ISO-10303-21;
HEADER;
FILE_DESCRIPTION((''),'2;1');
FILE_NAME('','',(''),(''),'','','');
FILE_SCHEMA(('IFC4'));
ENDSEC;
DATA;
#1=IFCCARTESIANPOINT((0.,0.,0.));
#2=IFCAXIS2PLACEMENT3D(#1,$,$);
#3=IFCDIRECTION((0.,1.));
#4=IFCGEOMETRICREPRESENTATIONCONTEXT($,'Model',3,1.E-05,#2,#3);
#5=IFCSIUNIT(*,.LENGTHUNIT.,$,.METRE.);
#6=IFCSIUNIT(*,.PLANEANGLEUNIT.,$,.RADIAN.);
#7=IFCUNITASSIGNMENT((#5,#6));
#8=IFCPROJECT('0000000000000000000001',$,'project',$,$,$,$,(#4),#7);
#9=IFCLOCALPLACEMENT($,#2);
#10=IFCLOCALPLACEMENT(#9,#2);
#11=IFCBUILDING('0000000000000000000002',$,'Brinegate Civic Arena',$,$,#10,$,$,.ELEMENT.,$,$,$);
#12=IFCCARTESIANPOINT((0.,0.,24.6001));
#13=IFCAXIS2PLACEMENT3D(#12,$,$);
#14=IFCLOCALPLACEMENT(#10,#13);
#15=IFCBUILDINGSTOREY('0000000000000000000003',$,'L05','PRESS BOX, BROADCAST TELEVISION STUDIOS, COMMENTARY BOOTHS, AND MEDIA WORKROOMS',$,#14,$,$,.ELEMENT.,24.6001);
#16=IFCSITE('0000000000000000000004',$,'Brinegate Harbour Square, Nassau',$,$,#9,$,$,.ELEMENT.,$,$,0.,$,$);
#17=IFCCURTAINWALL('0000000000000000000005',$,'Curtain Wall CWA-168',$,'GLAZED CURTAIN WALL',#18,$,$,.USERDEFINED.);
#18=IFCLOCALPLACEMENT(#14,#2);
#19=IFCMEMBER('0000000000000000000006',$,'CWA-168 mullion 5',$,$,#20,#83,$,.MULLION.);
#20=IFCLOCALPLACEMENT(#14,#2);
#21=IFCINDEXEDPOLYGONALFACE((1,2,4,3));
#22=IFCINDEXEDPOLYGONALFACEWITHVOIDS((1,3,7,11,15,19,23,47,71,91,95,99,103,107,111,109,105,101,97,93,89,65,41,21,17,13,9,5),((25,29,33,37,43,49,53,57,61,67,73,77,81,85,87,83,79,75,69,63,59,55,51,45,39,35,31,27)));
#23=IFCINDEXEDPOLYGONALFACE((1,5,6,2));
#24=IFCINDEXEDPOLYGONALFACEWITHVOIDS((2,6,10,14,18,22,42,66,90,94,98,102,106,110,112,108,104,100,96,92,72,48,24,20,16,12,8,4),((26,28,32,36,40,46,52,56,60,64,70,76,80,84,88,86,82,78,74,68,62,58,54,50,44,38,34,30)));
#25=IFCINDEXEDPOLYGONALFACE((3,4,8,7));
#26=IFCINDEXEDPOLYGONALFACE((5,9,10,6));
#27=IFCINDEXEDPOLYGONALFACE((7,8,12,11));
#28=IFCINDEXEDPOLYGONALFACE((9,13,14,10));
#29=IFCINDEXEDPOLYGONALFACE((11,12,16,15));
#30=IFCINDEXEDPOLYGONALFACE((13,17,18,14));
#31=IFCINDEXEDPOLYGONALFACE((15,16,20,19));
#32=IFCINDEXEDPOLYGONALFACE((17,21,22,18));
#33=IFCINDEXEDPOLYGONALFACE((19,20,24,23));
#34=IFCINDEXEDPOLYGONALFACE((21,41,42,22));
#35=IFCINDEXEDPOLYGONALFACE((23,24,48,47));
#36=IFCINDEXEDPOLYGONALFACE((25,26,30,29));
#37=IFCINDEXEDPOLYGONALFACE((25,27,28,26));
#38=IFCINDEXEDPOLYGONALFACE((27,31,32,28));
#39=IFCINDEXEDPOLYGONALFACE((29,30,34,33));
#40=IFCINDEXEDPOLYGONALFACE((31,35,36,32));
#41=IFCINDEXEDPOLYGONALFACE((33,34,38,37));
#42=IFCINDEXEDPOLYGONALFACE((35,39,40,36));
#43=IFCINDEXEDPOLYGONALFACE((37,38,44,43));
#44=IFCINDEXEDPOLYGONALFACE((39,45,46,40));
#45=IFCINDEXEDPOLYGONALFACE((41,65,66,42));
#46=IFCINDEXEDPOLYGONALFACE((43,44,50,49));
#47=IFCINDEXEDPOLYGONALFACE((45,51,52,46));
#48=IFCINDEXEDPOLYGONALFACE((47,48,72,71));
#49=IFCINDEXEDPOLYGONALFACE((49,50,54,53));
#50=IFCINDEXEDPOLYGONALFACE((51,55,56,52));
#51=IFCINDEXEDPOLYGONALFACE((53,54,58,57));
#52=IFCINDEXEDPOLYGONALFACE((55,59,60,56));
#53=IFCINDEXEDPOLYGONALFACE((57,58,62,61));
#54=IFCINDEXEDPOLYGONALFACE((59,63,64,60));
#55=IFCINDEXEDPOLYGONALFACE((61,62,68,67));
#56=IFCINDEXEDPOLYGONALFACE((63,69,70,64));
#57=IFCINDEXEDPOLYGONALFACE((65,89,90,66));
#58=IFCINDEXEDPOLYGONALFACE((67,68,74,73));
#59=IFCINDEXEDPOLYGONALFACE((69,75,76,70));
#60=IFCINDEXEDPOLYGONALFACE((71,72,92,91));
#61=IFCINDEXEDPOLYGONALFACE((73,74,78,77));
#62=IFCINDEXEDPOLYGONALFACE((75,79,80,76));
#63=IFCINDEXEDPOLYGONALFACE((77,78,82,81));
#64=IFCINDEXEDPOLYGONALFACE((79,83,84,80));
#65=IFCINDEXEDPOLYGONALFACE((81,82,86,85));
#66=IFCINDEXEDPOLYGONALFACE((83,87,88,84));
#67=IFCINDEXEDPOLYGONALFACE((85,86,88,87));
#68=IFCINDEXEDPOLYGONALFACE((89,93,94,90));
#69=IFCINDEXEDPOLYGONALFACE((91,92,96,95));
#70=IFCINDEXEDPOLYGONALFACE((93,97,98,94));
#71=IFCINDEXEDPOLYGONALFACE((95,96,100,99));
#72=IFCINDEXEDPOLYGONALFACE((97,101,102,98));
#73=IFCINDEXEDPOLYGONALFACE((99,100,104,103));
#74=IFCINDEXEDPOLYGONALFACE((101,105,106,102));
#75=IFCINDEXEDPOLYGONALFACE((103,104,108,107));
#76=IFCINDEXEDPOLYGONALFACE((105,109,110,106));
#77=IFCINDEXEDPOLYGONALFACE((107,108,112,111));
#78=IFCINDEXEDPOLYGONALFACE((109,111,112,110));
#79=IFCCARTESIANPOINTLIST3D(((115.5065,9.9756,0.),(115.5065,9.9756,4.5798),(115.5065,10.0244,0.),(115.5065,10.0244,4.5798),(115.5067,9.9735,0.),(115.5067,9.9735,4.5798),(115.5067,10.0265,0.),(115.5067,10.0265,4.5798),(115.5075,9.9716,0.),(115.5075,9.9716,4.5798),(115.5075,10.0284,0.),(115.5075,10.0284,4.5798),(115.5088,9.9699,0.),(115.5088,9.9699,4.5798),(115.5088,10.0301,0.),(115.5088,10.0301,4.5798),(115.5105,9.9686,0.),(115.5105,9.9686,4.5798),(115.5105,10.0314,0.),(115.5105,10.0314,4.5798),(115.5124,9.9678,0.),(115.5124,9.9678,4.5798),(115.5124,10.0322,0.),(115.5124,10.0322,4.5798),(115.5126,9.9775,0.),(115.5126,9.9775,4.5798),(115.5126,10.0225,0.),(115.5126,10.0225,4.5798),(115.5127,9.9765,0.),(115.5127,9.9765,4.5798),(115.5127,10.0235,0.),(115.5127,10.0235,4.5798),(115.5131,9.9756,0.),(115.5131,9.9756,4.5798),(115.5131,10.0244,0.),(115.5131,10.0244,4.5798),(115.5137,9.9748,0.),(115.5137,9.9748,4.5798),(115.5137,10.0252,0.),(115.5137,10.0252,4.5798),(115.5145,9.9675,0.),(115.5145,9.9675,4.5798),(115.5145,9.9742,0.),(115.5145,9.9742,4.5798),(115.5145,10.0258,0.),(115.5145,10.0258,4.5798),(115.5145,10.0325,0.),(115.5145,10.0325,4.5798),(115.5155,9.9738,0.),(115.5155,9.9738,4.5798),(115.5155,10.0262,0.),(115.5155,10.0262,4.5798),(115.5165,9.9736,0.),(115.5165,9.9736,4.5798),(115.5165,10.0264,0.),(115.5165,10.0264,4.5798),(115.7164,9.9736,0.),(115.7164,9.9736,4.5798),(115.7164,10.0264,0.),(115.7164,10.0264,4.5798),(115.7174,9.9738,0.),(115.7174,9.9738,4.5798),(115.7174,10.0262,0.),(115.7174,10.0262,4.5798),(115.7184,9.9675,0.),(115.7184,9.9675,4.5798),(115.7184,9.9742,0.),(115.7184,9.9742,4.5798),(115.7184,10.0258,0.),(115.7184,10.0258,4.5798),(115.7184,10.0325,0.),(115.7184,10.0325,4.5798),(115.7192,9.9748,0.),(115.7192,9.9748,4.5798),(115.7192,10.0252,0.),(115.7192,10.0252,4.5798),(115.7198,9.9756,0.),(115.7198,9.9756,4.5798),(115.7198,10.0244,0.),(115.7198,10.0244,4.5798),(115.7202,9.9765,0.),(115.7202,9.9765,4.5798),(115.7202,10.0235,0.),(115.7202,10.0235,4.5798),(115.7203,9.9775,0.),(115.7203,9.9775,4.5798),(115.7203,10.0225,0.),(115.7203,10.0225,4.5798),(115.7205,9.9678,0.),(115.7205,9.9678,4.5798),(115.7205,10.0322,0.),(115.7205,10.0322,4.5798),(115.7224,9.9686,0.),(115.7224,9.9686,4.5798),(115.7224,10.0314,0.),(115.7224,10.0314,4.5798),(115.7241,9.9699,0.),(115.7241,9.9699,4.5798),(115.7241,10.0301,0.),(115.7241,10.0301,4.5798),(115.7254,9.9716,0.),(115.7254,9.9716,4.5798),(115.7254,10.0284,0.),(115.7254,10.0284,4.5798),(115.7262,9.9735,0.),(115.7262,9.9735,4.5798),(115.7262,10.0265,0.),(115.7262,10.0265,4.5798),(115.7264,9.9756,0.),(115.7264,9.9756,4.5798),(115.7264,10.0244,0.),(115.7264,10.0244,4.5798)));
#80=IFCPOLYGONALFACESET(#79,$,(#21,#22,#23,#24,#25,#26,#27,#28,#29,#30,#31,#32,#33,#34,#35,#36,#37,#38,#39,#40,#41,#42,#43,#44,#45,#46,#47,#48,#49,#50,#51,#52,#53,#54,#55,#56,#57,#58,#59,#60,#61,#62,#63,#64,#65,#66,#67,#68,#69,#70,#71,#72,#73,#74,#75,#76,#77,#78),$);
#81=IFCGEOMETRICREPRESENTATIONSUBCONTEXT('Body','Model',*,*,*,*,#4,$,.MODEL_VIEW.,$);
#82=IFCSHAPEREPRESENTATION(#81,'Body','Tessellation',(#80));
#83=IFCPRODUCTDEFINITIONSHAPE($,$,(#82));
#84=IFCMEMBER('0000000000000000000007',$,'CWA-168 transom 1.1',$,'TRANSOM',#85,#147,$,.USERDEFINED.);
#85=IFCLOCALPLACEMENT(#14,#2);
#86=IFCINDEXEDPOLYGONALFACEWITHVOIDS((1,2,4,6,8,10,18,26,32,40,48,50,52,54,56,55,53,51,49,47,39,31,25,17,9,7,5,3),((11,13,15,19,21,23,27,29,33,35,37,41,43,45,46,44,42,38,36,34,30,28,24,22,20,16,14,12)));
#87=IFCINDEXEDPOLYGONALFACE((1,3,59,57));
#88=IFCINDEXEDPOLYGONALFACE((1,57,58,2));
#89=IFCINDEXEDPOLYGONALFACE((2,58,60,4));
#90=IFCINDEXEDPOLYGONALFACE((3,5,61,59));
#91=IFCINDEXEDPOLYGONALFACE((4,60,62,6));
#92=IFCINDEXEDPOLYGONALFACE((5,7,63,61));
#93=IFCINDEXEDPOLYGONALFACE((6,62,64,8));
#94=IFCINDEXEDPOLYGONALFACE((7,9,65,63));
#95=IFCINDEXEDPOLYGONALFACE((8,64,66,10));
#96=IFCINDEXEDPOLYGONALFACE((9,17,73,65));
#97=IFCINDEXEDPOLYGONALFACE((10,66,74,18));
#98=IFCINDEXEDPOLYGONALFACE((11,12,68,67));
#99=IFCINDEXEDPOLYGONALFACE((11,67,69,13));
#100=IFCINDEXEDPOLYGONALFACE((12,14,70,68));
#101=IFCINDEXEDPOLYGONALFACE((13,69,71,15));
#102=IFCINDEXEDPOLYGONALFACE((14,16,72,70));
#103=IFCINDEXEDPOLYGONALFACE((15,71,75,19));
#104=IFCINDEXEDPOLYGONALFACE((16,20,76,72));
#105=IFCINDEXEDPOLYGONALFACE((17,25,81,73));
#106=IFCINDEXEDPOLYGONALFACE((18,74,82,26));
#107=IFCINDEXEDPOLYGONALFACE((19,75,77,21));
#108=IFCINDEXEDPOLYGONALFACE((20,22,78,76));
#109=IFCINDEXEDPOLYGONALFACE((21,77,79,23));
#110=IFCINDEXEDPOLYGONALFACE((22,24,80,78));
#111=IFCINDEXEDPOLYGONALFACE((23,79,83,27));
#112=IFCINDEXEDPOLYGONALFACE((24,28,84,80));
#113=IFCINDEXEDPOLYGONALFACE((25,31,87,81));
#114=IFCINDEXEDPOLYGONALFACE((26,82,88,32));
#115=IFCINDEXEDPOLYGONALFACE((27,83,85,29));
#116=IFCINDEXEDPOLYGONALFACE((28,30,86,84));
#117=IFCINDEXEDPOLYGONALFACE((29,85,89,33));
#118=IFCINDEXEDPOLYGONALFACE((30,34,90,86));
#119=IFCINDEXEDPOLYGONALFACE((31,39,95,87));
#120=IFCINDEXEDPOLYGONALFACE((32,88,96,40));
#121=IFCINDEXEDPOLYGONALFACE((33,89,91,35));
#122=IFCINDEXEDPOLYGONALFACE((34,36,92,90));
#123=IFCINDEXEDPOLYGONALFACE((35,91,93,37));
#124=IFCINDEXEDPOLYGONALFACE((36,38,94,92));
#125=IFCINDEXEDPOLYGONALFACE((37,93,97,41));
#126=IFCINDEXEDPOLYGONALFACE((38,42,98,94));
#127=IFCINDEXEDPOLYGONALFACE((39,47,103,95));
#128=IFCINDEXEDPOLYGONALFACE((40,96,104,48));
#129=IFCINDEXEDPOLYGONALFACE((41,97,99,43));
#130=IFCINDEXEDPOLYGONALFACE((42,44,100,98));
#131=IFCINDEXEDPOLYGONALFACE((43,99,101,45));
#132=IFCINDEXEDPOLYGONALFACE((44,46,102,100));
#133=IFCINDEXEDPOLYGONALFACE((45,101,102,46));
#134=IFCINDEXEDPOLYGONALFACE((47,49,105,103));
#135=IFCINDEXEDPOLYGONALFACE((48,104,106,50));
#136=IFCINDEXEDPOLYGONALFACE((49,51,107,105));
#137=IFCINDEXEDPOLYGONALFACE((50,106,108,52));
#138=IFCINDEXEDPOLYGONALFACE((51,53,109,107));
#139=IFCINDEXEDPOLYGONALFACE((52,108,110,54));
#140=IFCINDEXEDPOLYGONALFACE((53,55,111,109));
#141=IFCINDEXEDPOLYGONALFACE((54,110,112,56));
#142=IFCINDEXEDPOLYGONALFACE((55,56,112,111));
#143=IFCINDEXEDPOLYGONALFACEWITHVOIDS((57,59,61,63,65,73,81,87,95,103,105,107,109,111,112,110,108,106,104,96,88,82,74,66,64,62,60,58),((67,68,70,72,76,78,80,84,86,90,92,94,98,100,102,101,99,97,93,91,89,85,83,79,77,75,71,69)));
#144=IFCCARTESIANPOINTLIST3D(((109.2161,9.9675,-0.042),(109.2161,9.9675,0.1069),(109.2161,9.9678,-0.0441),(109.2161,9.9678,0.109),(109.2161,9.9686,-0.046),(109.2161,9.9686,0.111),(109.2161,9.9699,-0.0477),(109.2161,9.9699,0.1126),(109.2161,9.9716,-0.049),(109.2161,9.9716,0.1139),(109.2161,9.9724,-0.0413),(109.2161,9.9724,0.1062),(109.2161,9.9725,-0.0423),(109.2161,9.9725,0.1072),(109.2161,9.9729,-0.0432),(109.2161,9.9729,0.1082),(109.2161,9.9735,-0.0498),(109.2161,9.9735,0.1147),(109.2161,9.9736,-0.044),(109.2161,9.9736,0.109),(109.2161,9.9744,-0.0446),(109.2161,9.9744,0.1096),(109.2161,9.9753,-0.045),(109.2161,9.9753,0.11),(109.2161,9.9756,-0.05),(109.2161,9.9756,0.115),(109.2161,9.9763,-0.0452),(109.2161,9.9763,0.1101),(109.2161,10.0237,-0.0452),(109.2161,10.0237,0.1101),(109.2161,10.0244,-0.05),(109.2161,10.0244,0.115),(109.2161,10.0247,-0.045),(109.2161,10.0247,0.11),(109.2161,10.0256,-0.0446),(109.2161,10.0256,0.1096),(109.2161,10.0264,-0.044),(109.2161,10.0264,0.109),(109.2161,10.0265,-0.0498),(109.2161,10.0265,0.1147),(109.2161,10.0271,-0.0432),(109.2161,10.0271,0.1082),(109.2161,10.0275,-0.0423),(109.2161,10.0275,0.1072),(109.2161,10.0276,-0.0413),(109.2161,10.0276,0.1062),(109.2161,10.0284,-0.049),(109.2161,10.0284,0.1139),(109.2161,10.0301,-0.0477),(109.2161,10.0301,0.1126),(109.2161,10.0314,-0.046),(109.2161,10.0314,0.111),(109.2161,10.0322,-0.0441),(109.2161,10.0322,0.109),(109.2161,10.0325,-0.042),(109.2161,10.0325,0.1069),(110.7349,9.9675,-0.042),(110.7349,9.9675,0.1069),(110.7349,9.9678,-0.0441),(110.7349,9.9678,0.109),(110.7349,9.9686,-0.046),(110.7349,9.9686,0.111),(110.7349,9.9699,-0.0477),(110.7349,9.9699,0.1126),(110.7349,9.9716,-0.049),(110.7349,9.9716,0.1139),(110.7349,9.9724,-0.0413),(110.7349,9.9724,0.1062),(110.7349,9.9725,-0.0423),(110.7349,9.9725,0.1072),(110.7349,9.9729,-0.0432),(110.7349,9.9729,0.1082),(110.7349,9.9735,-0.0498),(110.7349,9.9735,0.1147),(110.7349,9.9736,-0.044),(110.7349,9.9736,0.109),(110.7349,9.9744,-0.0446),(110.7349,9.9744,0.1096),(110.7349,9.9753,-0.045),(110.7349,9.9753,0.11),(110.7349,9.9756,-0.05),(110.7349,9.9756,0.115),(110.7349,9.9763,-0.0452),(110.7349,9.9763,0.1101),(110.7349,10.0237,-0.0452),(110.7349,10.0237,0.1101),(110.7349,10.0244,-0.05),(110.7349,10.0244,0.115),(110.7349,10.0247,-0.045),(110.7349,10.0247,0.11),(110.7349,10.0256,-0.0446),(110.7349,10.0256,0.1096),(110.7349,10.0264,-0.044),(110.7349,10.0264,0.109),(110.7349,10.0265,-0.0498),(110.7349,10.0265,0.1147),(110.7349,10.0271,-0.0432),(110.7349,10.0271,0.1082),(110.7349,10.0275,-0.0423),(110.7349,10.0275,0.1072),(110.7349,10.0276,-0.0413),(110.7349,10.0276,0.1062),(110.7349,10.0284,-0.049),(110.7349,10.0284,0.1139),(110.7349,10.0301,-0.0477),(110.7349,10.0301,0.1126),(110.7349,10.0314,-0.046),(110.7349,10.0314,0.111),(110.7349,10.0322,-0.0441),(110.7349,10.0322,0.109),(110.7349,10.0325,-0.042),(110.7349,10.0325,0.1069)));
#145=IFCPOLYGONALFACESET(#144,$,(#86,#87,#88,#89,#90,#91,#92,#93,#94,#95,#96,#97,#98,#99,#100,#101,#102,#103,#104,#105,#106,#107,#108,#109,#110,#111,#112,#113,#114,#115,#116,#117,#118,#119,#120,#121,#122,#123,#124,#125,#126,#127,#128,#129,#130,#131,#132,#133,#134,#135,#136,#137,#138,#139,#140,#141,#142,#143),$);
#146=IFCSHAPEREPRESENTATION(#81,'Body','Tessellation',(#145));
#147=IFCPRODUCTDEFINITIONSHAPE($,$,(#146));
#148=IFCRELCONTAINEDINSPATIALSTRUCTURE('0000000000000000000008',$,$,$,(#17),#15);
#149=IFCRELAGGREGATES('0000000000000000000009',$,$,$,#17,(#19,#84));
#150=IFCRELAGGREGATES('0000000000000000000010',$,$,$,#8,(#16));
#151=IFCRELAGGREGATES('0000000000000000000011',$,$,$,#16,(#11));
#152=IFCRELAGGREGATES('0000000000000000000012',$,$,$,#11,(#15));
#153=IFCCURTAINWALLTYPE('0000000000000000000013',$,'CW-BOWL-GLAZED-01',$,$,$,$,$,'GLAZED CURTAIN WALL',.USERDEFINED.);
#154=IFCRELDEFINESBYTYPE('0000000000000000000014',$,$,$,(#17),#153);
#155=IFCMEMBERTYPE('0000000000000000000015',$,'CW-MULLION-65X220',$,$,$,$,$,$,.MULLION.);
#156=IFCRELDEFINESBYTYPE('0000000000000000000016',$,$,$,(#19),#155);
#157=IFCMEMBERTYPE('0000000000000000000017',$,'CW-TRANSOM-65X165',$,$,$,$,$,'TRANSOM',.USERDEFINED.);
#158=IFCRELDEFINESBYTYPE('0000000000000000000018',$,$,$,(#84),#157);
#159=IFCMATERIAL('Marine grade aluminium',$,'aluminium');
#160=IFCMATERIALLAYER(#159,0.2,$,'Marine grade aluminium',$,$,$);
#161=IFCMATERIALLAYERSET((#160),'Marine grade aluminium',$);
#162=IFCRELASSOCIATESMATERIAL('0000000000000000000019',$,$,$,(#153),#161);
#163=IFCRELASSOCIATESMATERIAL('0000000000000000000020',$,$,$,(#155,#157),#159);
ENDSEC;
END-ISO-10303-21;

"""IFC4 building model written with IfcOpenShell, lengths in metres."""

from ifc_helpers import new_model, si_unit, direction, frame, origin, origin_2d, place, context, subcontext, project, spatial, hollow_rectangle, extrude, material, layer, layer_set, material_profile, profile_set, type_object, element, aggregate, save


model = new_model("IFC4")

# Units and contexts
model_context = context("Model", 3, precision=1e-05, world=origin(), true_north=direction((0.0, 1.0)))
body_context = subcontext(model_context, "Body", "Model", "MODEL_VIEW")
ifc_project = project(units=[si_unit("LENGTHUNIT", "METRE"), si_unit("PLANEANGLEUNIT", "RADIAN")], contexts=[model_context])

# Site, building, storey
site_placement = place(None, origin())
site = spatial("IfcSite", under=ifc_project, at=site_placement, Name="Brinegate Harbour Square, Nassau", CompositionType="ELEMENT", RefElevation=0.0)
building_placement = place(site_placement, origin())
building = spatial("IfcBuilding", under=site, at=building_placement, Name="Brinegate Civic Arena", CompositionType="ELEMENT")
storey_placement = place(building_placement, frame((0.0, 0.0, 24.6001)))
storey = spatial("IfcBuildingStorey", under=building, at=storey_placement, Name="L05", Description="PRESS BOX, BROADCAST TELEVISION STUDIOS, COMMENTARY BOOTHS, AND MEDIA WORKROOMS", CompositionType="ELEMENT", Elevation=24.6001)

# Curtain wall, members
ifc_material_1 = material(Name="Marine grade aluminium", Category="aluminium")
ifc_layer_1 = layer(ifc_material_1, 0.2, Name="Marine grade aluminium")
ifc_layer_set_1 = layer_set([ifc_layer_1], Name="Marine grade aluminium")
curtain_wall_type = type_object("IfcCurtainWallType", Name="CW-BOWL-GLAZED-01", ElementType="GLAZED CURTAIN WALL", PredefinedType="USERDEFINED", material=ifc_layer_set_1)
curtain_wall_placement = place(storey_placement, origin())
curtain_wall = element("IfcCurtainWall", 1, at=curtain_wall_placement, inside=storey, type_object=curtain_wall_type, Name="Curtain Wall CWA-168", ObjectType="GLAZED CURTAIN WALL", PredefinedType="USERDEFINED")
ifc_material_profile_1 = material_profile(ifc_material_1, hollow_rectangle(XDim=0.0649, YDim=0.22, WallThickness=0.0061, InnerFilletRadius=0.0039, OuterFilletRadius=0.0081, at=origin_2d()), Name="MUL65X220")
ifc_profile_set_1 = profile_set([ifc_material_profile_1], Name="Marine grade aluminium")
member_type_1 = type_object("IfcMemberType", Name="CW-MULLION-65X220", PredefinedType="MULLION", material=ifc_profile_set_1)
member_1_placement = place(storey_placement, frame((115.6165, 10.0, 0.0), z_axis=(0.0, 0.0, 1.0), x_axis=(0.0, 1.0, 0.0)))
member_1 = element("IfcMember", 2, at=member_1_placement, type_object=member_type_1, Name="CWA-168 mullion 5", PredefinedType="MULLION", context=body_context, shape_type="SweptSolid", body=[
    extrude(hollow_rectangle(XDim=0.0649, YDim=0.22, WallThickness=0.0061, InnerFilletRadius=0.0039, OuterFilletRadius=0.0081, at=origin_2d()), origin(), (0.0, 0.0, 1.0), 4.5798),
])
ifc_material_profile_2 = material_profile(ifc_material_1, hollow_rectangle(XDim=0.0649, YDim=0.165, WallThickness=0.0049, InnerFilletRadius=0.0039, OuterFilletRadius=0.0081, at=origin_2d()), Name="TRN65X165")
ifc_profile_set_2 = profile_set([ifc_material_profile_2], Name="Marine grade aluminium")
member_type_2 = type_object("IfcMemberType", Name="CW-TRANSOM-65X165", ElementType="TRANSOM", PredefinedType="USERDEFINED", material=ifc_profile_set_2)
member_2_placement = place(storey_placement, frame((109.2161, 10.0, 0.0325), z_axis=(1.0, 0.0, 0.0), x_axis=(0.0, 1.0, 0.0)))
member_2 = element("IfcMember", 3, at=member_2_placement, type_object=member_type_2, Name="CWA-168 transom 1.1", ObjectType="TRANSOM", PredefinedType="USERDEFINED", context=body_context, shape_type="SweptSolid", body=[
    extrude(hollow_rectangle(XDim=0.0649, YDim=0.165, WallThickness=0.0049, InnerFilletRadius=0.0039, OuterFilletRadius=0.0081, at=origin_2d()), origin(), (0.0, 0.0, 1.0), 1.5188),
])

aggregate(curtain_wall, [member_1, member_2])

save(model, "model.ifc")
